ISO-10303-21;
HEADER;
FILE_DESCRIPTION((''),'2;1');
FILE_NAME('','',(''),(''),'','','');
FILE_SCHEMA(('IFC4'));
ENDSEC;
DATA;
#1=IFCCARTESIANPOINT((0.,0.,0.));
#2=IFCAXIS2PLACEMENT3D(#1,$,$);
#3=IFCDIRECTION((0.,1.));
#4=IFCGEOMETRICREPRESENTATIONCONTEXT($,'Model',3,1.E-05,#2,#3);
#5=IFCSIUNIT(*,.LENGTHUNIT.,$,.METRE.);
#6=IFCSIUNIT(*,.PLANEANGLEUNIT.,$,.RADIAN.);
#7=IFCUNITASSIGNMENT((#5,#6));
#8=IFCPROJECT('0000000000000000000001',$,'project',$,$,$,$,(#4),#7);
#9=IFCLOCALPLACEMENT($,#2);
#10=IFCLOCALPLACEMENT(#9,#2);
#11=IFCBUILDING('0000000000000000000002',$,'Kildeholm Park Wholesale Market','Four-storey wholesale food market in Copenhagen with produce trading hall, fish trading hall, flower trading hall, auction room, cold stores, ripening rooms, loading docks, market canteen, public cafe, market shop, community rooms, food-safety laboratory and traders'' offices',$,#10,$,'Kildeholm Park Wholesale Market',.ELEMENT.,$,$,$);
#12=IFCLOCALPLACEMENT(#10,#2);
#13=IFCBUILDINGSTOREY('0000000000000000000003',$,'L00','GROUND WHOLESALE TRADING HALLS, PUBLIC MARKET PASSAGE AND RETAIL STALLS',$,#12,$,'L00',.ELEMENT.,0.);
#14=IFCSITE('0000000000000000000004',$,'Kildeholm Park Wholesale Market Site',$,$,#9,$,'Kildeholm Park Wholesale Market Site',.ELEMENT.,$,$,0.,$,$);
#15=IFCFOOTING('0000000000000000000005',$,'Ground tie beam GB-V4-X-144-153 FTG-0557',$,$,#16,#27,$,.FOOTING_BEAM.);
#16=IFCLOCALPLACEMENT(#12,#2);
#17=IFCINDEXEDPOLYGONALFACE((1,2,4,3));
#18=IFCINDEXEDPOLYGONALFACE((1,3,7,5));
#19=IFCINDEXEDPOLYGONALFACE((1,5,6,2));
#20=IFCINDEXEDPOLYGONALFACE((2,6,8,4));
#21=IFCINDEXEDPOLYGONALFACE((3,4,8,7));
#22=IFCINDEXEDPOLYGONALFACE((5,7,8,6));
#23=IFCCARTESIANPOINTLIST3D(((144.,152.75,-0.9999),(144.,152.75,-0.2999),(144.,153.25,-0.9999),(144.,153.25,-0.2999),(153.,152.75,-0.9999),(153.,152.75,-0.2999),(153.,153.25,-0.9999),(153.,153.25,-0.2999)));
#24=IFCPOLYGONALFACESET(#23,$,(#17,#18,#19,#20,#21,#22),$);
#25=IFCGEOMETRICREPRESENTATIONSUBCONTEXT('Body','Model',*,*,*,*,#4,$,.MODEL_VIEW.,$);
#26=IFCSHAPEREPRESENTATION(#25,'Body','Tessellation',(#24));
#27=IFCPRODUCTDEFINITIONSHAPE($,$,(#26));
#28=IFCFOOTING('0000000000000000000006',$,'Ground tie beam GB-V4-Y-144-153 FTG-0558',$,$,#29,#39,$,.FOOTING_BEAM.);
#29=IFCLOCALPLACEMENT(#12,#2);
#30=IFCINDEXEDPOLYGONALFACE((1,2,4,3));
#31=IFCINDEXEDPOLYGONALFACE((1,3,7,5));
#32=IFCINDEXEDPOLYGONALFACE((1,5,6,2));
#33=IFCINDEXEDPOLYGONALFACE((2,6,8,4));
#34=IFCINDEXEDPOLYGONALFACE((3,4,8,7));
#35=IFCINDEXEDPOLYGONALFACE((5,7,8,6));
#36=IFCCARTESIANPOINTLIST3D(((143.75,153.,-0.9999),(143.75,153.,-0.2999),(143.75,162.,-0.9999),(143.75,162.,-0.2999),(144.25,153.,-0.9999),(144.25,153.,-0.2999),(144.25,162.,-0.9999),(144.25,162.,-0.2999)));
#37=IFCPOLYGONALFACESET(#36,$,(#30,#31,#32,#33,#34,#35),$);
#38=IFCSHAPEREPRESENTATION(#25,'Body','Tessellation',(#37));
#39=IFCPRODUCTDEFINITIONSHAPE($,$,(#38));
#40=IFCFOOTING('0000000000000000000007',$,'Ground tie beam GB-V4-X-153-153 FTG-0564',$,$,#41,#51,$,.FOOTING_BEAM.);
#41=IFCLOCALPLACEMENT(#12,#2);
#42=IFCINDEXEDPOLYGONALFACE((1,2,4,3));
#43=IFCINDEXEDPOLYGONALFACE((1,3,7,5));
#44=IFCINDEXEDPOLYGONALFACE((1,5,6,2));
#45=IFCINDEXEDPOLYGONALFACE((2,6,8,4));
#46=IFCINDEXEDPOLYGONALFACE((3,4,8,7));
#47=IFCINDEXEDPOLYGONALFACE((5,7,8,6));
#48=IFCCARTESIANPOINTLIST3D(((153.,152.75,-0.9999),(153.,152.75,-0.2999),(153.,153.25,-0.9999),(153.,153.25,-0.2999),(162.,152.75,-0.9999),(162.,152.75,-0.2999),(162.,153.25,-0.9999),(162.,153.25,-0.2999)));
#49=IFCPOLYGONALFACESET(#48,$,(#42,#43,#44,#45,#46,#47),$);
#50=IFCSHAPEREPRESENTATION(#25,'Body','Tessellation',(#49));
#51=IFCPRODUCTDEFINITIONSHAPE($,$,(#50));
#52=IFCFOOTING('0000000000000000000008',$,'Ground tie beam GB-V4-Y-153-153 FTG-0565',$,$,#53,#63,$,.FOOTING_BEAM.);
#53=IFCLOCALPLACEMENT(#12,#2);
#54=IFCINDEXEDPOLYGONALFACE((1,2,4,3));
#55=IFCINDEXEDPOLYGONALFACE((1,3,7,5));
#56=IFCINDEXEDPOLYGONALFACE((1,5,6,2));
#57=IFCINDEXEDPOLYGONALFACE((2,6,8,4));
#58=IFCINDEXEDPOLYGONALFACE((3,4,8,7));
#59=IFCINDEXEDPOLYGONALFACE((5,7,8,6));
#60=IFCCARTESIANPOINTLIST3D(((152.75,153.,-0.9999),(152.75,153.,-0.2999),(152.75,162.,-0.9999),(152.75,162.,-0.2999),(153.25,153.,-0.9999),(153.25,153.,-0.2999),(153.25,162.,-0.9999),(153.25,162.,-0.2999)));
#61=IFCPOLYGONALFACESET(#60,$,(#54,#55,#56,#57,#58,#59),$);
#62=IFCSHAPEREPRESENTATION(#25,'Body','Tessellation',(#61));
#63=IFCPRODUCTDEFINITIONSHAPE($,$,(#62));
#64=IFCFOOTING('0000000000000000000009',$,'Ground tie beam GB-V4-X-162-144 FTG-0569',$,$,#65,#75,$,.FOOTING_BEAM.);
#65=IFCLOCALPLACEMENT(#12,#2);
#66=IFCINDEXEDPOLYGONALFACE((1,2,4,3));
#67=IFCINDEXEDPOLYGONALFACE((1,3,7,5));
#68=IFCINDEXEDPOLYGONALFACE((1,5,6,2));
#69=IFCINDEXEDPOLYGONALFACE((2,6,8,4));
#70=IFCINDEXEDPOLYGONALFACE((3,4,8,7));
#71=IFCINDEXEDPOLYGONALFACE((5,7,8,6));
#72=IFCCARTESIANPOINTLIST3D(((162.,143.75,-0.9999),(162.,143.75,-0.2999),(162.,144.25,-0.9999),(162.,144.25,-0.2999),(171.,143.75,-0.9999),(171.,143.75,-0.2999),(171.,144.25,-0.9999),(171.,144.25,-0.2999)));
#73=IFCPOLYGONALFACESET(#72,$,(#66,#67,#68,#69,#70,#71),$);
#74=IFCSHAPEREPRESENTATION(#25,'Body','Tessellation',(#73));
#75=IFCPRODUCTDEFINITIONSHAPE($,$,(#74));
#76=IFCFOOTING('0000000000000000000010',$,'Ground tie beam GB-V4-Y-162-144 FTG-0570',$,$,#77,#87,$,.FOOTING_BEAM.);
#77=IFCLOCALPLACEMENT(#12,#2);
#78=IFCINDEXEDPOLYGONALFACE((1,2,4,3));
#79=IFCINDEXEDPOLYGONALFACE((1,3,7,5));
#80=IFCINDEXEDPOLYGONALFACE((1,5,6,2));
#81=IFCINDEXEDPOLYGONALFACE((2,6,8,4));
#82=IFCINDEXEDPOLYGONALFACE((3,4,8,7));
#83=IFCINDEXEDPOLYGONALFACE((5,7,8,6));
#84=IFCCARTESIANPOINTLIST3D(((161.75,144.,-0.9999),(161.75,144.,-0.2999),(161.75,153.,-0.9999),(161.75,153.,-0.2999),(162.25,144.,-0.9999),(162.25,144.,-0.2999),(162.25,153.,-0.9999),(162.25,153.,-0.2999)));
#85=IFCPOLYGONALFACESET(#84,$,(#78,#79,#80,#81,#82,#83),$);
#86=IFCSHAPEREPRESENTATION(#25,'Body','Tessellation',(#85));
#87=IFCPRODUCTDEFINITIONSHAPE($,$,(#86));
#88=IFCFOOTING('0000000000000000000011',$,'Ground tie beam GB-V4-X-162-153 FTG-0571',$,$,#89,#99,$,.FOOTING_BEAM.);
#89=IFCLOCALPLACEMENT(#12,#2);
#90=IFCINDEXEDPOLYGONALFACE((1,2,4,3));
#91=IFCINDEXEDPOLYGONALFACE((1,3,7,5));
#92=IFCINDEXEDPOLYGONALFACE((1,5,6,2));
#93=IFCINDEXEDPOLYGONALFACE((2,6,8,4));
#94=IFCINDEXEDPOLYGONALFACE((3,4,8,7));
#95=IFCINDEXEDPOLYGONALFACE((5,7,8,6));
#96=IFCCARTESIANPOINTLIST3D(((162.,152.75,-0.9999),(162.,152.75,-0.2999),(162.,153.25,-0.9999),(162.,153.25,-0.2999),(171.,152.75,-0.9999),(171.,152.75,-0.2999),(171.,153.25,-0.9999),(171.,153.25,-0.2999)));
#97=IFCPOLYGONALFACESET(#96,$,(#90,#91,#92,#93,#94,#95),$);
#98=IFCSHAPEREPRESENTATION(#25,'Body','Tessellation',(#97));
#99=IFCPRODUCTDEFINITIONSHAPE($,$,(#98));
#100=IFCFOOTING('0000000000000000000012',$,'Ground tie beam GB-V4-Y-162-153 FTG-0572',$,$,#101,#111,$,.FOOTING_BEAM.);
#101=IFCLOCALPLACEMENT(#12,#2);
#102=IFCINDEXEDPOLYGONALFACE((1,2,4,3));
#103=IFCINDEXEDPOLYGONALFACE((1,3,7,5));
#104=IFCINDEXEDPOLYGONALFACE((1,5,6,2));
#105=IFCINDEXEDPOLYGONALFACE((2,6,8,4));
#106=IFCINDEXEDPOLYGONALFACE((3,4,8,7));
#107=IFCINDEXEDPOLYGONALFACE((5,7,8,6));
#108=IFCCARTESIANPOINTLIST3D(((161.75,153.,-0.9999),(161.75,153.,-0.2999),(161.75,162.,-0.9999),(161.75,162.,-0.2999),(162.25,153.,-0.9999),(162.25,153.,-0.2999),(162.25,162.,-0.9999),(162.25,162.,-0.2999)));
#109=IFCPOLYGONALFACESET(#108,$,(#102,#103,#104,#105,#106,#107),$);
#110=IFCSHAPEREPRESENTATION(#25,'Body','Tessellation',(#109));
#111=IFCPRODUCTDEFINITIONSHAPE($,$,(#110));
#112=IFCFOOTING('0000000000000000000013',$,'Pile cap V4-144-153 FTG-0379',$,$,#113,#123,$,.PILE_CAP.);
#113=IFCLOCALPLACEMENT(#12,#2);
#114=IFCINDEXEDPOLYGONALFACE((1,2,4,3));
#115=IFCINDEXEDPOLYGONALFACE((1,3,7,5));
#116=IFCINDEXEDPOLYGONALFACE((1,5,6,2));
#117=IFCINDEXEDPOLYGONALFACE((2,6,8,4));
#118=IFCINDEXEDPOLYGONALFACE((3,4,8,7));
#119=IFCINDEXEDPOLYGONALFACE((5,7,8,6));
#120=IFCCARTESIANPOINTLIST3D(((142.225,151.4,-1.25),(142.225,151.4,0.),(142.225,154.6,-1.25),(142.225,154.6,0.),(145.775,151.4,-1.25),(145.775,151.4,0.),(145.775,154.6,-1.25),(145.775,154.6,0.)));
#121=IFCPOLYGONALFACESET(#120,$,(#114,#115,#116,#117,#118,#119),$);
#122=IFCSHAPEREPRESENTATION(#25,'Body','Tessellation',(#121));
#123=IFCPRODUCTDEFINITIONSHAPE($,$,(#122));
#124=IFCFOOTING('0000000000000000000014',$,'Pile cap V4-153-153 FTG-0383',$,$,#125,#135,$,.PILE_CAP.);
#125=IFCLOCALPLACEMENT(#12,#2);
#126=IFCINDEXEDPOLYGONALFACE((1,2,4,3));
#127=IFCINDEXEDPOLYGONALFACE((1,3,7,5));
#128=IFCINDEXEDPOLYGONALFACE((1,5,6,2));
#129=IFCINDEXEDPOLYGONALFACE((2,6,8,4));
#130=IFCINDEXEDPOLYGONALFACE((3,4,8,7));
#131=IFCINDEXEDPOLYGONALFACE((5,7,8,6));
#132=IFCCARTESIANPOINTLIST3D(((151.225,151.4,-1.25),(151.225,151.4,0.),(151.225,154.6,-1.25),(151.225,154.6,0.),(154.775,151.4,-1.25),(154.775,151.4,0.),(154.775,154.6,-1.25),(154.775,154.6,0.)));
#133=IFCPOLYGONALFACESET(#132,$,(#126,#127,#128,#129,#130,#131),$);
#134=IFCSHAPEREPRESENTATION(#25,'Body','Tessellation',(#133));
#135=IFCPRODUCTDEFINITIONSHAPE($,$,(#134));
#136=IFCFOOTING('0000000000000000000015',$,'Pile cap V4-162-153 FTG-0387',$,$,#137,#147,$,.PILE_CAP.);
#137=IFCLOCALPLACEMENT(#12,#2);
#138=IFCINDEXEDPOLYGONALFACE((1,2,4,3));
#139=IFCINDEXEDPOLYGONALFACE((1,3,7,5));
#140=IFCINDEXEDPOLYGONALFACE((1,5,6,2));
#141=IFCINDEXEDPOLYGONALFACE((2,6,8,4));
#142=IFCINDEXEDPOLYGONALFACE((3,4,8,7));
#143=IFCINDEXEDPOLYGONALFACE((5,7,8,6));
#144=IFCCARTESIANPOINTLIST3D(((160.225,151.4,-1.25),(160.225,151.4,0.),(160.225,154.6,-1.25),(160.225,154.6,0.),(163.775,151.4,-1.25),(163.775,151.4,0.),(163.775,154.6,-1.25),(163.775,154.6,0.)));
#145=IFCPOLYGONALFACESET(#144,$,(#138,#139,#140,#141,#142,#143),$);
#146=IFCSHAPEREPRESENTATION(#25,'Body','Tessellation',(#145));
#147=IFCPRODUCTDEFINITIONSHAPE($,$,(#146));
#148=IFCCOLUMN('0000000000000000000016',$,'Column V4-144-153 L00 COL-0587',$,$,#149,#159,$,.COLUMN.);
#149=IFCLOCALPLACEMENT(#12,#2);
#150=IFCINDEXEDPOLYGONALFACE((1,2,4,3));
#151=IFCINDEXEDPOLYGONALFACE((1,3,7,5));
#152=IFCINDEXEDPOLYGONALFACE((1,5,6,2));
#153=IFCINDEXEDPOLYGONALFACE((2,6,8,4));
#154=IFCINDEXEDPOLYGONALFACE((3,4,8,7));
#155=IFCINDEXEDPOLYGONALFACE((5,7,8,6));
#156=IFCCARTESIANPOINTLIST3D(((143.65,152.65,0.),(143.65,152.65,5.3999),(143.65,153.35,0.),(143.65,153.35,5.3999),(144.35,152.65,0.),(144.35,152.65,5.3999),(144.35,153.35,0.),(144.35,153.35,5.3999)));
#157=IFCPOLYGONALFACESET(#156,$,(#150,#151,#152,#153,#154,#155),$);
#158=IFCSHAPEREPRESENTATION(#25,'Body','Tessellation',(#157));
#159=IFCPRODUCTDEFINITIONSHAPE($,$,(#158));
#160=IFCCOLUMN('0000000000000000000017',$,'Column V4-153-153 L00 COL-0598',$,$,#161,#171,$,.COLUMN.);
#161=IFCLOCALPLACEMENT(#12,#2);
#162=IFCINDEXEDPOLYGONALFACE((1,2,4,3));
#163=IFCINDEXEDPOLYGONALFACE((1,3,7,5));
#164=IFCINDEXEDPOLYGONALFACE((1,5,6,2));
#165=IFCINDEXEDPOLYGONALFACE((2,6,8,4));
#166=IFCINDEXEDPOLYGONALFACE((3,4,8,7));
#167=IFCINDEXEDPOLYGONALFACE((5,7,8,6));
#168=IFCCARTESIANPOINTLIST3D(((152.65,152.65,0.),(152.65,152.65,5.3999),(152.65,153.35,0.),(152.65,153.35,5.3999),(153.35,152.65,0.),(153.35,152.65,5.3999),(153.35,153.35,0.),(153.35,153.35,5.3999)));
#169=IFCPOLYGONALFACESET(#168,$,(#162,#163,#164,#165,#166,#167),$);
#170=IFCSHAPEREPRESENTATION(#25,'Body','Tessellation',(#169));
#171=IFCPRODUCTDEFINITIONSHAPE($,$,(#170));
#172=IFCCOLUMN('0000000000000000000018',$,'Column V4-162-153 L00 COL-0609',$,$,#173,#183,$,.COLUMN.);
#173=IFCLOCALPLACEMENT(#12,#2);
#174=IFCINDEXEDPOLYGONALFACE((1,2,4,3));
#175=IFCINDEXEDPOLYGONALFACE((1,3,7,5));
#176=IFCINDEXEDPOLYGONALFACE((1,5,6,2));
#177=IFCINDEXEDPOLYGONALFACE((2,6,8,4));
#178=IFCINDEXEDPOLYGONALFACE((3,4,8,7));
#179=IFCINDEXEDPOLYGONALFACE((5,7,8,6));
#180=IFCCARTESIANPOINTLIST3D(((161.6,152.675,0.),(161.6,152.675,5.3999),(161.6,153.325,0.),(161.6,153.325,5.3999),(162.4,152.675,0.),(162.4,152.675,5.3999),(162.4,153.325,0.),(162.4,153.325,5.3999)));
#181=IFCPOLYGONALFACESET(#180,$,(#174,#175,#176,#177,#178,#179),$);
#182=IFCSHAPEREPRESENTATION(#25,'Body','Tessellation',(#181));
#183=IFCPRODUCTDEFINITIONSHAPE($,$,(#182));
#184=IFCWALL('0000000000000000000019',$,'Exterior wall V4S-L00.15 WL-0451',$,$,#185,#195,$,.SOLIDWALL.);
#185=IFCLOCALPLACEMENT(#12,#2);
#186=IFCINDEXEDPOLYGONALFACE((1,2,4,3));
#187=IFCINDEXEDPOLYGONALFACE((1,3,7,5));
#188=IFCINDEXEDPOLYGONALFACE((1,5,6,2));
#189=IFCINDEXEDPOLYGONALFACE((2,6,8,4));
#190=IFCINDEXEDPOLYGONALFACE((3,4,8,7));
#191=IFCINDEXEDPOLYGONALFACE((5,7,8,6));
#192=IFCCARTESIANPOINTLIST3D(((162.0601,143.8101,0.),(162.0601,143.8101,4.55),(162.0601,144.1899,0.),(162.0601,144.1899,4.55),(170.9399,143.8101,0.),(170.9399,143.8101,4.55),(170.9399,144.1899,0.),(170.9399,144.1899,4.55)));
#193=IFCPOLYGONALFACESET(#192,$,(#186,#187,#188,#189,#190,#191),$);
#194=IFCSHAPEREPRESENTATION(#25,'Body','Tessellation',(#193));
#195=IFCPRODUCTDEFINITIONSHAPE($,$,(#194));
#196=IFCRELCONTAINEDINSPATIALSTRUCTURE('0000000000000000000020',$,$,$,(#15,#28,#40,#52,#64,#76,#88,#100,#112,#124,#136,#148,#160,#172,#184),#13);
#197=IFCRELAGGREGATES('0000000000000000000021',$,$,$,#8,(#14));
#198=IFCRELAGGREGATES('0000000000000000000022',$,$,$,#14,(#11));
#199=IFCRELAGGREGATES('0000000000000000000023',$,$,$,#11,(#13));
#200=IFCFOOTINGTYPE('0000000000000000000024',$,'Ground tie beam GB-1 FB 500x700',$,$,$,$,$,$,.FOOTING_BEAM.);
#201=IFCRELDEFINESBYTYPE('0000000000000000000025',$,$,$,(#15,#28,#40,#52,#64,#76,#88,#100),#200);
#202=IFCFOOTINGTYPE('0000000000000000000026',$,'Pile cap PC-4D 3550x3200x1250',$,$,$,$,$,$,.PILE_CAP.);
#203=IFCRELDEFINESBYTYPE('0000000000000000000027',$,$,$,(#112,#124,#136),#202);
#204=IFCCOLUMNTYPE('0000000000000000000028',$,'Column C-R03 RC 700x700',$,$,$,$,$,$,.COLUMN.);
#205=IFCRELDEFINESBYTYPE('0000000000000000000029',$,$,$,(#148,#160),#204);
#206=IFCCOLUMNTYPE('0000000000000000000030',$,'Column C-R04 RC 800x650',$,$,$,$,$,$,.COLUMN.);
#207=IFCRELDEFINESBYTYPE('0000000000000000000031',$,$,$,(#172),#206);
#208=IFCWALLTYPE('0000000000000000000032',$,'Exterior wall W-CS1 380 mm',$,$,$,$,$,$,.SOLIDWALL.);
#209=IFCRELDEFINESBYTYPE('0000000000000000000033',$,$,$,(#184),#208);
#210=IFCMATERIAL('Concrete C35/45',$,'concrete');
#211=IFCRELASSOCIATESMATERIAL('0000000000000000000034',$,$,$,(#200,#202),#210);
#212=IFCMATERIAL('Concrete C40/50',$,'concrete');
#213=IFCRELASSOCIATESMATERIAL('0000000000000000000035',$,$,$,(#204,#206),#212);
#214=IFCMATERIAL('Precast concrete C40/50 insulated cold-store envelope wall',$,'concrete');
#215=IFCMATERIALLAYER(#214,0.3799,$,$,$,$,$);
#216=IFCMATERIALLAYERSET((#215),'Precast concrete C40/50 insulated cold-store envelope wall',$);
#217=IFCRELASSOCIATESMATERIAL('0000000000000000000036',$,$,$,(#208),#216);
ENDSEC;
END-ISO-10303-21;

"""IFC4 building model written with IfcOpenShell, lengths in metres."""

from ifc_helpers import new_model, si_unit, direction, frame, frame_2d, origin, origin_2d, place, context, subcontext, project, spatial, rectangle, extrude, material, layer, layer_set, material_profile, profile_set, type_object, element, save


model = new_model("IFC4")

# Units and contexts
model_context = context("Model", 3, precision=1e-05, world=origin(), true_north=direction((0.0, 1.0)))
body_context = subcontext(model_context, "Body", "Model", "MODEL_VIEW")
ifc_project = project(units=[si_unit("LENGTHUNIT", "METRE"), si_unit("PLANEANGLEUNIT", "RADIAN")], contexts=[model_context])

# Site, building, storey
site_placement = place(None, origin())
site = spatial("IfcSite", under=ifc_project, at=site_placement, Name="Kildeholm Park Wholesale Market Site", LongName="Kildeholm Park Wholesale Market Site", CompositionType="ELEMENT", RefElevation=0.0)
building_placement = place(site_placement, origin())
building = spatial("IfcBuilding", under=site, at=building_placement, Name="Kildeholm Park Wholesale Market", Description="Four-storey wholesale food market in Copenhagen with produce trading hall, fish trading hall, flower trading hall, auction room, cold stores, ripening rooms, loading docks, market canteen, public cafe, market shop, community rooms, food-safety laboratory and traders' offices", LongName="Kildeholm Park Wholesale Market", CompositionType="ELEMENT")
storey_placement = place(building_placement, origin())
storey = spatial("IfcBuildingStorey", under=building, at=storey_placement, Name="L00", Description="GROUND WHOLESALE TRADING HALLS, PUBLIC MARKET PASSAGE AND RETAIL STALLS", LongName="L00", CompositionType="ELEMENT", Elevation=0.0)

# Shared definitions
ifc_material_1 = material(Name="Concrete C35/45", Category="concrete")

# Footings
ifc_material_profile_1 = material_profile(ifc_material_1, rectangle(XDim=0.5, YDim=0.7, at=origin_2d()), Name="FB 500x700")
ifc_profile_set_1 = profile_set([ifc_material_profile_1], Name="Concrete C35/45")
footing_type_1 = type_object("IfcFootingType", Name="Ground tie beam GB-1 FB 500x700", PredefinedType="FOOTING_BEAM", material=ifc_profile_set_1)
for number, where, z_axis, x_axis, name in (
    (1, (144.0, 153.0, -0.6499), (1.0, 0.0, 0.0), (0.0, 1.0, 0.0), "Ground tie beam GB-V4-X-144-153 FTG-0557"),
    (2, (144.0, 153.0, -0.6499), (0.0, 1.0, 0.0), (-1.0, 0.0, 0.0), "Ground tie beam GB-V4-Y-144-153 FTG-0558"),
    (3, (153.0, 153.0, -0.6499), (1.0, 0.0, 0.0), (0.0, 1.0, 0.0), "Ground tie beam GB-V4-X-153-153 FTG-0564"),
    (4, (153.0, 153.0, -0.6499), (0.0, 1.0, 0.0), (-1.0, 0.0, 0.0), "Ground tie beam GB-V4-Y-153-153 FTG-0565"),
    (5, (162.0, 144.0, -0.6499), (1.0, 0.0, 0.0), (0.0, 1.0, 0.0), "Ground tie beam GB-V4-X-162-144 FTG-0569"),
    (6, (162.0, 144.0, -0.6499), (0.0, 1.0, 0.0), (-1.0, 0.0, 0.0), "Ground tie beam GB-V4-Y-162-144 FTG-0570"),
    (7, (162.0, 153.0, -0.6499), (1.0, 0.0, 0.0), (0.0, 1.0, 0.0), "Ground tie beam GB-V4-X-162-153 FTG-0571"),
    (8, (162.0, 153.0, -0.6499), (0.0, 1.0, 0.0), (-1.0, 0.0, 0.0), "Ground tie beam GB-V4-Y-162-153 FTG-0572"),
):
    element("IfcFooting", number, at=place(storey_placement, frame(where, z_axis=z_axis, x_axis=x_axis)), inside=storey, type_object=footing_type_1, Name=name, PredefinedType="FOOTING_BEAM", context=body_context, shape_type="SweptSolid", body=[
        extrude(rectangle(XDim=0.5, YDim=0.7, at=origin_2d()), origin(), (0.0, 0.0, 1.0), 9.0),
    ])
footing_type_2 = type_object("IfcFootingType", Name="Pile cap PC-4D 3550x3200x1250", PredefinedType="PILE_CAP", material=ifc_material_1)
for number, where, z_axis, x_axis, name in (
    (9, (144.0, 153.0, -1.25), (0.0, 0.0, 1.0), (1.0, 0.0, 0.0), "Pile cap V4-144-153 FTG-0379"),
    (10, (153.0, 153.0, -1.25), (0.0, 0.0, 1.0), (1.0, 0.0, 0.0), "Pile cap V4-153-153 FTG-0383"),
    (11, (162.0, 153.0, -1.25), (0.0, 0.0, 1.0), (1.0, 0.0, 0.0), "Pile cap V4-162-153 FTG-0387"),
):
    element("IfcFooting", number, at=place(storey_placement, frame(where, z_axis=z_axis, x_axis=x_axis)), inside=storey, type_object=footing_type_2, Name=name, PredefinedType="PILE_CAP", context=body_context, shape_type="SweptSolid", body=[
        extrude(rectangle(XDim=3.55, YDim=3.2, at=origin_2d()), origin(), (0.0, 0.0, 1.0), 1.25),
    ])

# Columns
ifc_material_2 = material(Name="Concrete C40/50", Category="concrete")
ifc_material_profile_2 = material_profile(ifc_material_2, rectangle(XDim=0.7, YDim=0.7, at=origin_2d()), Name="RC 700x700")
ifc_profile_set_2 = profile_set([ifc_material_profile_2], Name="Concrete C40/50")
column_type_1 = type_object("IfcColumnType", Name="Column C-R03 RC 700x700", PredefinedType="COLUMN", material=ifc_profile_set_2)
for number, where, z_axis, x_axis, name in (
    (12, (144.0, 153.0, 0.0), (0.0, 0.0, 1.0), (1.0, 0.0, 0.0), "Column V4-144-153 L00 COL-0587"),
    (13, (153.0, 153.0, 0.0), (0.0, 0.0, 1.0), (1.0, 0.0, 0.0), "Column V4-153-153 L00 COL-0598"),
):
    element("IfcColumn", number, at=place(storey_placement, frame(where, z_axis=z_axis, x_axis=x_axis)), inside=storey, type_object=column_type_1, Name=name, PredefinedType="COLUMN", context=body_context, shape_type="SweptSolid", body=[
        extrude(rectangle(XDim=0.7, YDim=0.7, at=origin_2d()), origin(), (0.0, 0.0, 1.0), 5.3999),
    ])
ifc_material_profile_3 = material_profile(ifc_material_2, rectangle(XDim=0.8, YDim=0.6499, at=origin_2d()), Name="RC 800x650")
ifc_profile_set_3 = profile_set([ifc_material_profile_3], Name="Concrete C40/50")
column_type_2 = type_object("IfcColumnType", Name="Column C-R04 RC 800x650", PredefinedType="COLUMN", material=ifc_profile_set_3)
column_placement = place(storey_placement, frame((162.0, 153.0, 0.0), z_axis=(0.0, 0.0, 1.0), x_axis=(1.0, 0.0, 0.0)))
element("IfcColumn", 14, at=column_placement, inside=storey, type_object=column_type_2, Name="Column V4-162-153 L00 COL-0609", PredefinedType="COLUMN", context=body_context, shape_type="SweptSolid", body=[
    extrude(rectangle(XDim=0.8, YDim=0.6499, at=origin_2d()), origin(), (0.0, 0.0, 1.0), 5.3999),
])

# Wall
ifc_material_3 = material(Name="Precast concrete C40/50 insulated cold-store envelope wall", Category="concrete")
ifc_layer_1 = layer(ifc_material_3, 0.3799)
ifc_layer_set_1 = layer_set([ifc_layer_1], Name="Precast concrete C40/50 insulated cold-store envelope wall")
wall_type_1 = type_object("IfcWallType", Name="Exterior wall W-CS1 380 mm", PredefinedType="SOLIDWALL", material=ifc_layer_set_1)
wall_1_placement = place(storey_placement, frame((162.0601, 144.0, 0.0), z_axis=(0.0, 0.0, 1.0), x_axis=(1.0, 0.0, 0.0)))
element("IfcWall", 15, at=wall_1_placement, inside=storey, type_object=wall_type_1, Name="Exterior wall V4S-L00.15 WL-0451", PredefinedType="SOLIDWALL", context=body_context, shape_type="SweptSolid", body=[
    extrude(rectangle(XDim=8.8799, YDim=0.3799, at=frame_2d((4.4399, 0.0))), origin(), (0.0, 0.0, 1.0), 4.55),
])

save(model, "model.ifc")
